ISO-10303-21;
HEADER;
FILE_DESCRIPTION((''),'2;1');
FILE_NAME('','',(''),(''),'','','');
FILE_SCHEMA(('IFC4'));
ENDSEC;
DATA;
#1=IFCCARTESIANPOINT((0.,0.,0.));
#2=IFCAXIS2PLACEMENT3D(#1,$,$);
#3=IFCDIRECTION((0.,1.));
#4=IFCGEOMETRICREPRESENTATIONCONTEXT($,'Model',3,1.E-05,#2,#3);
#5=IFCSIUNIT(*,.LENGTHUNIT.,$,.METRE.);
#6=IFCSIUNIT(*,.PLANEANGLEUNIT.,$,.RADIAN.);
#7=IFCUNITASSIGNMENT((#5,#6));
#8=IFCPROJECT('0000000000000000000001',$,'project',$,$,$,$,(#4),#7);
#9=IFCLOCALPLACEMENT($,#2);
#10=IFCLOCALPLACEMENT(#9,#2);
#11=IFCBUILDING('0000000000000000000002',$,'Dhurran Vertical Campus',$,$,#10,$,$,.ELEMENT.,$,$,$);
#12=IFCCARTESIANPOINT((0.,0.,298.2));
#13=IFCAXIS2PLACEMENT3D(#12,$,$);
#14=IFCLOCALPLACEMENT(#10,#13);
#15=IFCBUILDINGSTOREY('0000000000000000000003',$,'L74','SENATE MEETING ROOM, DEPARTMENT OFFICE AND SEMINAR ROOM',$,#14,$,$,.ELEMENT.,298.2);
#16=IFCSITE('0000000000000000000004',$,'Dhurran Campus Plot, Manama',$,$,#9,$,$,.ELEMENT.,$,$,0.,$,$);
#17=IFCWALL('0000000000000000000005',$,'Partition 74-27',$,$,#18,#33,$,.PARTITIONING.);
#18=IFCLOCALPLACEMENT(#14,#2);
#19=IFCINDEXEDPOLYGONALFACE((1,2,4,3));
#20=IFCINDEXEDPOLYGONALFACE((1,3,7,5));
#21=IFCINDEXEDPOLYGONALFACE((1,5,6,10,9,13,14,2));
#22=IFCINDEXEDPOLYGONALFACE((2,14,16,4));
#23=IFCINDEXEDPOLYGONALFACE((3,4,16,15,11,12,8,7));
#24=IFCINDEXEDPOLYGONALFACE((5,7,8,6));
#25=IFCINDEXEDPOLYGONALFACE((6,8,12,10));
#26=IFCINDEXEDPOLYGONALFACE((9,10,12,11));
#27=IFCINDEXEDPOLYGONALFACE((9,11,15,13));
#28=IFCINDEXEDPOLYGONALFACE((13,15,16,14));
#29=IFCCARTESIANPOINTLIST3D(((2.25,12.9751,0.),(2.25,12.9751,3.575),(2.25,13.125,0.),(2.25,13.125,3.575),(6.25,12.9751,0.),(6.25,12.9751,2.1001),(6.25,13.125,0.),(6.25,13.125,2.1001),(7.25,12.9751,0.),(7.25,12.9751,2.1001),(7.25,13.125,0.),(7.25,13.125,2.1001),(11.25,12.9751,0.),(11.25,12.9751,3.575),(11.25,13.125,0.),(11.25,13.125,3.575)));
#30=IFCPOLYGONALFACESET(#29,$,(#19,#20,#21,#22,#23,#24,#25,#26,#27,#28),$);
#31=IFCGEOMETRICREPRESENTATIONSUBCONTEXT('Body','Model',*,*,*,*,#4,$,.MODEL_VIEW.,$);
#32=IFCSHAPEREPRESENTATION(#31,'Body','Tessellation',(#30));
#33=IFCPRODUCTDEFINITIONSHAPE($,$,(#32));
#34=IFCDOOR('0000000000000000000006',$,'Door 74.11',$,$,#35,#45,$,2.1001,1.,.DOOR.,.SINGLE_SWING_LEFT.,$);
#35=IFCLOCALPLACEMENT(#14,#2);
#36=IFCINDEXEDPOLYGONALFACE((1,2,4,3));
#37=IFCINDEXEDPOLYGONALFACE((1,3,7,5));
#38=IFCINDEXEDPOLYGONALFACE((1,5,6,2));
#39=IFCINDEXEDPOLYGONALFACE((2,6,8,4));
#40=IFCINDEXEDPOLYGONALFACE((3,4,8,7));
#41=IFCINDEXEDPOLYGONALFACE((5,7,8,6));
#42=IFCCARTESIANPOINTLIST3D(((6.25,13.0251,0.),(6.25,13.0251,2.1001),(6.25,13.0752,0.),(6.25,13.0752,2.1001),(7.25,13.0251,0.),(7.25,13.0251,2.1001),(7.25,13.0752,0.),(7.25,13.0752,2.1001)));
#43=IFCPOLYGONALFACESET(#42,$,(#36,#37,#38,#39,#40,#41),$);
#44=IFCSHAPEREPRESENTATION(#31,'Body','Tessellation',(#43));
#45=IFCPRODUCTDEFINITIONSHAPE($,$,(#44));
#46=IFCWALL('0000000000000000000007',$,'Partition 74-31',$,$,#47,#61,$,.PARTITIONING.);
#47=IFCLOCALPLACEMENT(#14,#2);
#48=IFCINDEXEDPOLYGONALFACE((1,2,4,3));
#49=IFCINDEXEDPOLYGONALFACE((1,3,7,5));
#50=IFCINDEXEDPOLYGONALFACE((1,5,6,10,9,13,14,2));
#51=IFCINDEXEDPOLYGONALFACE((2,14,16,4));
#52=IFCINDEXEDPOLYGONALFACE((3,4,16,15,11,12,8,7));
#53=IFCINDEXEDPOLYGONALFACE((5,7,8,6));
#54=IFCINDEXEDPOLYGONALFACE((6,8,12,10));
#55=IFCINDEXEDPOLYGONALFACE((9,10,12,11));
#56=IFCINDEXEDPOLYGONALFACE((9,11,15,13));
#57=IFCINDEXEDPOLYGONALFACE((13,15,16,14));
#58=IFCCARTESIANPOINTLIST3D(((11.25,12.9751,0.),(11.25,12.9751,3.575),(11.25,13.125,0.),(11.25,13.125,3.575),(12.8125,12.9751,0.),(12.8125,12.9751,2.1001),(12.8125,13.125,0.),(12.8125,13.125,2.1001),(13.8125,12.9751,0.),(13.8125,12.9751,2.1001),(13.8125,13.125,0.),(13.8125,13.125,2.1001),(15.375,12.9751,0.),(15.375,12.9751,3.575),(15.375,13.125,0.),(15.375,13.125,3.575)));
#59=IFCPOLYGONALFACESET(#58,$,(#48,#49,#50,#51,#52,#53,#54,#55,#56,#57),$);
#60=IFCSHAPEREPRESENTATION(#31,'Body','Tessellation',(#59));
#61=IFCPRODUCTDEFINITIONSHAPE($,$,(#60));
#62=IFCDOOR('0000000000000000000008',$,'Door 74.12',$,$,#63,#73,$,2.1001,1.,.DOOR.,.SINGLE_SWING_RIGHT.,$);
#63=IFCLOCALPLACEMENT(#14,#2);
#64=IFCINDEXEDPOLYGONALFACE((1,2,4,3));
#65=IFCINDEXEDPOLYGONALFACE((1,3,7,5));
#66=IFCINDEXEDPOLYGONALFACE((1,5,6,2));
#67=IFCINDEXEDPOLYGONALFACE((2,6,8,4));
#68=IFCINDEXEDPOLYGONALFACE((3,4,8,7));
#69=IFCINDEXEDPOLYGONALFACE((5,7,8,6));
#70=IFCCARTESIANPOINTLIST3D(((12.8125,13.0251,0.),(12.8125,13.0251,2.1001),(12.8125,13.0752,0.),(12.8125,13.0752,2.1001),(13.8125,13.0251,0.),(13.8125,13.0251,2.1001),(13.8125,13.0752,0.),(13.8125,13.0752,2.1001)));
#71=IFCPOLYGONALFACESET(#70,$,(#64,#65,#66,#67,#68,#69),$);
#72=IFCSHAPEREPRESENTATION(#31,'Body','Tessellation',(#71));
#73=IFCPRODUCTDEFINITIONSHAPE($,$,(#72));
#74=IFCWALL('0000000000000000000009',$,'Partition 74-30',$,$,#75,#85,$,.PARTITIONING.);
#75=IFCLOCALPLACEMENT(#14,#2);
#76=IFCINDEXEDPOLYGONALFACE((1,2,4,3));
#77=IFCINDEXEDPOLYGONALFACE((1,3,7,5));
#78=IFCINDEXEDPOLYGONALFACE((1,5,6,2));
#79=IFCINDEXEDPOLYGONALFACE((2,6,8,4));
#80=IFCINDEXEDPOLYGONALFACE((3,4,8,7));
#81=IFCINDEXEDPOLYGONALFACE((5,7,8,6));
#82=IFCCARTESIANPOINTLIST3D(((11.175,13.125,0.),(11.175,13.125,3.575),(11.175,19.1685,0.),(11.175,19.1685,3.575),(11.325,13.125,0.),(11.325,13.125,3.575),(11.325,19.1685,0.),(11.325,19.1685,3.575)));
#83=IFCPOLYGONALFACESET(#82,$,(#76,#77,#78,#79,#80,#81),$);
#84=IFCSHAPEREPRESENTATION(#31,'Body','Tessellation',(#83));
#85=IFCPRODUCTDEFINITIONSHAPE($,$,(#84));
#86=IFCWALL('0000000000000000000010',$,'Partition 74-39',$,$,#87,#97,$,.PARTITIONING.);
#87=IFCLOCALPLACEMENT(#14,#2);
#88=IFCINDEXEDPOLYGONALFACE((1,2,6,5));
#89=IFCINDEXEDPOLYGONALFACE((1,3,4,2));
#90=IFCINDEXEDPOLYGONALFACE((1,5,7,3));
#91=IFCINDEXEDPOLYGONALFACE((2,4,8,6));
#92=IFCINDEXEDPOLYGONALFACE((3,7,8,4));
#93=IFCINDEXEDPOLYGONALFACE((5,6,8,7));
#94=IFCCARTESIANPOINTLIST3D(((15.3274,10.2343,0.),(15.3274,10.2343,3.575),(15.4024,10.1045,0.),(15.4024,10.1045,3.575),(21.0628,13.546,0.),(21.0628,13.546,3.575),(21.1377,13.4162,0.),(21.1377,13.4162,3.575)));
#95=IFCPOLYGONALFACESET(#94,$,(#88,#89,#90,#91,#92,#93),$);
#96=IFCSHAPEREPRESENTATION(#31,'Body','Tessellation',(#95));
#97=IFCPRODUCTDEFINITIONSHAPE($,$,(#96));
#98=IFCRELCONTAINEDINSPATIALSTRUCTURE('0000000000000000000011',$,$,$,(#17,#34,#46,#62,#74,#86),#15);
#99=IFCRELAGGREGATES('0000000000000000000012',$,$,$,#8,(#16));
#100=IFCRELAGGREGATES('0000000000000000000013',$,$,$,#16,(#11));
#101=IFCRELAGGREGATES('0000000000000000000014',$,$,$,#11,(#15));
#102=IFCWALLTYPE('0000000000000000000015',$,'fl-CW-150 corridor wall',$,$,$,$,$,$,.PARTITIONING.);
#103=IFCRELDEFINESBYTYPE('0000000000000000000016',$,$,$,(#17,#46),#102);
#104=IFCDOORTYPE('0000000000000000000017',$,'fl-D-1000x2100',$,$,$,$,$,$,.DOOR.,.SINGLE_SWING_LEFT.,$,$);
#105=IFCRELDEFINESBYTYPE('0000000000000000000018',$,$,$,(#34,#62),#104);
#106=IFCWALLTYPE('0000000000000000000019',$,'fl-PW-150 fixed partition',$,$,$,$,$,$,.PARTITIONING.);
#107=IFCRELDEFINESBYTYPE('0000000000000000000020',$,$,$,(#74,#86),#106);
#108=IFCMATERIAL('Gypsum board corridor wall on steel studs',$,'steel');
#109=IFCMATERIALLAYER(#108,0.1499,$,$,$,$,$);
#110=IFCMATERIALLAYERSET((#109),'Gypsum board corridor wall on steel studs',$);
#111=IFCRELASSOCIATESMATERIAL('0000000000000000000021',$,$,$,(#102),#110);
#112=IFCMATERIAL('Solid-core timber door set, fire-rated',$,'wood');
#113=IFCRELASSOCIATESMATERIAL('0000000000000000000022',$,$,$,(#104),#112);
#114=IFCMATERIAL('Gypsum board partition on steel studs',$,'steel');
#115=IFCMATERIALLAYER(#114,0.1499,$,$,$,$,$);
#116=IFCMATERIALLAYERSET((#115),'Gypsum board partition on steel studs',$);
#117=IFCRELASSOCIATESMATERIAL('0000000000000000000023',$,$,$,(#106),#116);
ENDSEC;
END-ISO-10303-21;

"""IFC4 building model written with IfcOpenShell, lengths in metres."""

from ifc_helpers import new_model, si_unit, direction, frame, frame_2d, origin, place, context, subcontext, project, spatial, rectangle, extrude, material, layer, layer_set, type_object, element, fill, save


model = new_model("IFC4")

# Units and contexts
model_context = context("Model", 3, precision=1e-05, world=origin(), true_north=direction((0.0, 1.0)))
body_context = subcontext(model_context, "Body", "Model", "MODEL_VIEW")
ifc_project = project(units=[si_unit("LENGTHUNIT", "METRE"), si_unit("PLANEANGLEUNIT", "RADIAN")], contexts=[model_context])

# Site, building, storey
site_placement = place(None, origin())
site = spatial("IfcSite", under=ifc_project, at=site_placement, Name="Dhurran Campus Plot, Manama", CompositionType="ELEMENT", RefElevation=0.0)
building_placement = place(site_placement, origin())
building = spatial("IfcBuilding", under=site, at=building_placement, Name="Dhurran Vertical Campus", CompositionType="ELEMENT")
storey_placement = place(building_placement, frame((0.0, 0.0, 298.2)))
storey = spatial("IfcBuildingStorey", under=building, at=storey_placement, Name="L74", Description="SENATE MEETING ROOM, DEPARTMENT OFFICE AND SEMINAR ROOM", CompositionType="ELEMENT", Elevation=298.2)

# Walls, openings, doors
ifc_material_1 = material(Name="Gypsum board corridor wall on steel studs", Category="steel")
ifc_layer_1 = layer(ifc_material_1, 0.1499)
ifc_layer_set_1 = layer_set([ifc_layer_1], Name="Gypsum board corridor wall on steel studs")
wall_type_1 = type_object("IfcWallType", Name="fl-CW-150 corridor wall", PredefinedType="PARTITIONING", material=ifc_layer_set_1)
wall_1_placement = place(storey_placement, frame((11.25, 13.05, 0.0), z_axis=(0.0, 0.0, 1.0), x_axis=(-1.0, 0.0, 0.0)))
wall_1 = element("IfcWall", 1, at=wall_1_placement, inside=storey, type_object=wall_type_1, Name="Partition 74-27", PredefinedType="PARTITIONING", context=body_context, shape_type="SweptSolid", body=[
    extrude(rectangle(XDim=9.0, YDim=0.1499, at=frame_2d((4.5, 0.0))), origin(), (0.0, 0.0, 1.0), 3.575),
])
opening_1_placement = place(wall_1_placement, frame((4.0, 0.0, 0.0)))
opening_1 = element("IfcOpeningElement", 2, at=opening_1_placement, cuts=wall_1, PredefinedType="OPENING", context=body_context, shape_type="SweptSolid", body=[
    extrude(rectangle(XDim=1.0, YDim=2.1001, at=frame_2d((0.5, 1.05))), frame((0.0, 0.085, 0.0), z_axis=(0.0, -1.0, 0.0), x_axis=(1.0, 0.0, 0.0)), (0.0, 0.0, 1.0), 0.1699),
])
ifc_material_2 = material(Name="Solid-core timber door set, fire-rated", Category="wood")
door_type = type_object("IfcDoorType", Name="fl-D-1000x2100", OperationType="SINGLE_SWING_LEFT", PredefinedType="DOOR", material=ifc_material_2)
door_1_placement = place(opening_1_placement, origin())
door_1 = element("IfcDoor", 3, at=door_1_placement, inside=storey, type_object=door_type, Name="Door 74.11", OperationType="SINGLE_SWING_LEFT", OverallHeight=2.1001, OverallWidth=1.0, PredefinedType="DOOR", context=body_context, shape_type="SweptSolid", body=[
    extrude(rectangle(XDim=1.0, YDim=2.1001, at=frame_2d((0.5, 1.05))), frame((0.0, 0.0249, 0.0), z_axis=(0.0, -1.0, 0.0), x_axis=(1.0, 0.0, 0.0)), (0.0, 0.0, 1.0), 0.05),
])
fill(opening_1, door_1)
wall_2_placement = place(storey_placement, frame((15.375, 13.05, 0.0), z_axis=(0.0, 0.0, 1.0), x_axis=(-1.0, 0.0, 0.0)))
wall_2 = element("IfcWall", 4, at=wall_2_placement, inside=storey, type_object=wall_type_1, Name="Partition 74-31", PredefinedType="PARTITIONING", context=body_context, shape_type="SweptSolid", body=[
    extrude(rectangle(XDim=4.125, YDim=0.1499, at=frame_2d((2.0625, 0.0))), origin(), (0.0, 0.0, 1.0), 3.575),
])
opening_2_placement = place(wall_2_placement, frame((1.5625, 0.0, 0.0)))
opening_2 = element("IfcOpeningElement", 5, at=opening_2_placement, cuts=wall_2, PredefinedType="OPENING", context=body_context, shape_type="SweptSolid", body=[
    extrude(rectangle(XDim=1.0, YDim=2.1001, at=frame_2d((0.5, 1.05))), frame((0.0, 0.085, 0.0), z_axis=(0.0, -1.0, 0.0), x_axis=(1.0, 0.0, 0.0)), (0.0, 0.0, 1.0), 0.1699),
])
door_2_placement = place(opening_2_placement, origin())
door_2 = element("IfcDoor", 6, at=door_2_placement, inside=storey, type_object=door_type, Name="Door 74.12", OperationType="SINGLE_SWING_RIGHT", OverallHeight=2.1001, OverallWidth=1.0, PredefinedType="DOOR", context=body_context, shape_type="SweptSolid", body=[
    extrude(rectangle(XDim=1.0, YDim=2.1001, at=frame_2d((0.5, 1.05))), frame((0.0, 0.0249, 0.0), z_axis=(0.0, -1.0, 0.0), x_axis=(1.0, 0.0, 0.0)), (0.0, 0.0, 1.0), 0.05),
])
fill(opening_2, door_2)

# Walls
ifc_material_3 = material(Name="Gypsum board partition on steel studs", Category="steel")
ifc_layer_2 = layer(ifc_material_3, 0.1499)
ifc_layer_set_2 = layer_set([ifc_layer_2], Name="Gypsum board partition on steel studs")
wall_type_2 = type_object("IfcWallType", Name="fl-PW-150 fixed partition", PredefinedType="PARTITIONING", material=ifc_layer_set_2)
wall_3_placement = place(storey_placement, frame((11.25, 19.1685, 0.0), z_axis=(0.0, 0.0, 1.0), x_axis=(0.0, -1.0, 0.0)))
element("IfcWall", 7, at=wall_3_placement, inside=storey, type_object=wall_type_2, Name="Partition 74-30", PredefinedType="PARTITIONING", context=body_context, shape_type="SweptSolid", body=[
    extrude(rectangle(XDim=6.0435, YDim=0.1499, at=frame_2d((3.0217, 0.0))), origin(), (0.0, 0.0, 1.0), 3.575),
])
wall_4_placement = place(storey_placement, frame((21.1003, 13.4812, 0.0), z_axis=(0.0, 0.0, 1.0), x_axis=(-0.865995, -0.500052, 0.0)))
element("IfcWall", 8, at=wall_4_placement, inside=storey, type_object=wall_type_2, Name="Partition 74-39", PredefinedType="PARTITIONING", context=body_context, shape_type="SweptSolid", body=[
    extrude(rectangle(XDim=6.6228, YDim=0.1499, at=frame_2d((3.3115, 0.0))), origin(), (0.0, 0.0, 1.0), 3.575),
])

save(model, "model.ifc")
